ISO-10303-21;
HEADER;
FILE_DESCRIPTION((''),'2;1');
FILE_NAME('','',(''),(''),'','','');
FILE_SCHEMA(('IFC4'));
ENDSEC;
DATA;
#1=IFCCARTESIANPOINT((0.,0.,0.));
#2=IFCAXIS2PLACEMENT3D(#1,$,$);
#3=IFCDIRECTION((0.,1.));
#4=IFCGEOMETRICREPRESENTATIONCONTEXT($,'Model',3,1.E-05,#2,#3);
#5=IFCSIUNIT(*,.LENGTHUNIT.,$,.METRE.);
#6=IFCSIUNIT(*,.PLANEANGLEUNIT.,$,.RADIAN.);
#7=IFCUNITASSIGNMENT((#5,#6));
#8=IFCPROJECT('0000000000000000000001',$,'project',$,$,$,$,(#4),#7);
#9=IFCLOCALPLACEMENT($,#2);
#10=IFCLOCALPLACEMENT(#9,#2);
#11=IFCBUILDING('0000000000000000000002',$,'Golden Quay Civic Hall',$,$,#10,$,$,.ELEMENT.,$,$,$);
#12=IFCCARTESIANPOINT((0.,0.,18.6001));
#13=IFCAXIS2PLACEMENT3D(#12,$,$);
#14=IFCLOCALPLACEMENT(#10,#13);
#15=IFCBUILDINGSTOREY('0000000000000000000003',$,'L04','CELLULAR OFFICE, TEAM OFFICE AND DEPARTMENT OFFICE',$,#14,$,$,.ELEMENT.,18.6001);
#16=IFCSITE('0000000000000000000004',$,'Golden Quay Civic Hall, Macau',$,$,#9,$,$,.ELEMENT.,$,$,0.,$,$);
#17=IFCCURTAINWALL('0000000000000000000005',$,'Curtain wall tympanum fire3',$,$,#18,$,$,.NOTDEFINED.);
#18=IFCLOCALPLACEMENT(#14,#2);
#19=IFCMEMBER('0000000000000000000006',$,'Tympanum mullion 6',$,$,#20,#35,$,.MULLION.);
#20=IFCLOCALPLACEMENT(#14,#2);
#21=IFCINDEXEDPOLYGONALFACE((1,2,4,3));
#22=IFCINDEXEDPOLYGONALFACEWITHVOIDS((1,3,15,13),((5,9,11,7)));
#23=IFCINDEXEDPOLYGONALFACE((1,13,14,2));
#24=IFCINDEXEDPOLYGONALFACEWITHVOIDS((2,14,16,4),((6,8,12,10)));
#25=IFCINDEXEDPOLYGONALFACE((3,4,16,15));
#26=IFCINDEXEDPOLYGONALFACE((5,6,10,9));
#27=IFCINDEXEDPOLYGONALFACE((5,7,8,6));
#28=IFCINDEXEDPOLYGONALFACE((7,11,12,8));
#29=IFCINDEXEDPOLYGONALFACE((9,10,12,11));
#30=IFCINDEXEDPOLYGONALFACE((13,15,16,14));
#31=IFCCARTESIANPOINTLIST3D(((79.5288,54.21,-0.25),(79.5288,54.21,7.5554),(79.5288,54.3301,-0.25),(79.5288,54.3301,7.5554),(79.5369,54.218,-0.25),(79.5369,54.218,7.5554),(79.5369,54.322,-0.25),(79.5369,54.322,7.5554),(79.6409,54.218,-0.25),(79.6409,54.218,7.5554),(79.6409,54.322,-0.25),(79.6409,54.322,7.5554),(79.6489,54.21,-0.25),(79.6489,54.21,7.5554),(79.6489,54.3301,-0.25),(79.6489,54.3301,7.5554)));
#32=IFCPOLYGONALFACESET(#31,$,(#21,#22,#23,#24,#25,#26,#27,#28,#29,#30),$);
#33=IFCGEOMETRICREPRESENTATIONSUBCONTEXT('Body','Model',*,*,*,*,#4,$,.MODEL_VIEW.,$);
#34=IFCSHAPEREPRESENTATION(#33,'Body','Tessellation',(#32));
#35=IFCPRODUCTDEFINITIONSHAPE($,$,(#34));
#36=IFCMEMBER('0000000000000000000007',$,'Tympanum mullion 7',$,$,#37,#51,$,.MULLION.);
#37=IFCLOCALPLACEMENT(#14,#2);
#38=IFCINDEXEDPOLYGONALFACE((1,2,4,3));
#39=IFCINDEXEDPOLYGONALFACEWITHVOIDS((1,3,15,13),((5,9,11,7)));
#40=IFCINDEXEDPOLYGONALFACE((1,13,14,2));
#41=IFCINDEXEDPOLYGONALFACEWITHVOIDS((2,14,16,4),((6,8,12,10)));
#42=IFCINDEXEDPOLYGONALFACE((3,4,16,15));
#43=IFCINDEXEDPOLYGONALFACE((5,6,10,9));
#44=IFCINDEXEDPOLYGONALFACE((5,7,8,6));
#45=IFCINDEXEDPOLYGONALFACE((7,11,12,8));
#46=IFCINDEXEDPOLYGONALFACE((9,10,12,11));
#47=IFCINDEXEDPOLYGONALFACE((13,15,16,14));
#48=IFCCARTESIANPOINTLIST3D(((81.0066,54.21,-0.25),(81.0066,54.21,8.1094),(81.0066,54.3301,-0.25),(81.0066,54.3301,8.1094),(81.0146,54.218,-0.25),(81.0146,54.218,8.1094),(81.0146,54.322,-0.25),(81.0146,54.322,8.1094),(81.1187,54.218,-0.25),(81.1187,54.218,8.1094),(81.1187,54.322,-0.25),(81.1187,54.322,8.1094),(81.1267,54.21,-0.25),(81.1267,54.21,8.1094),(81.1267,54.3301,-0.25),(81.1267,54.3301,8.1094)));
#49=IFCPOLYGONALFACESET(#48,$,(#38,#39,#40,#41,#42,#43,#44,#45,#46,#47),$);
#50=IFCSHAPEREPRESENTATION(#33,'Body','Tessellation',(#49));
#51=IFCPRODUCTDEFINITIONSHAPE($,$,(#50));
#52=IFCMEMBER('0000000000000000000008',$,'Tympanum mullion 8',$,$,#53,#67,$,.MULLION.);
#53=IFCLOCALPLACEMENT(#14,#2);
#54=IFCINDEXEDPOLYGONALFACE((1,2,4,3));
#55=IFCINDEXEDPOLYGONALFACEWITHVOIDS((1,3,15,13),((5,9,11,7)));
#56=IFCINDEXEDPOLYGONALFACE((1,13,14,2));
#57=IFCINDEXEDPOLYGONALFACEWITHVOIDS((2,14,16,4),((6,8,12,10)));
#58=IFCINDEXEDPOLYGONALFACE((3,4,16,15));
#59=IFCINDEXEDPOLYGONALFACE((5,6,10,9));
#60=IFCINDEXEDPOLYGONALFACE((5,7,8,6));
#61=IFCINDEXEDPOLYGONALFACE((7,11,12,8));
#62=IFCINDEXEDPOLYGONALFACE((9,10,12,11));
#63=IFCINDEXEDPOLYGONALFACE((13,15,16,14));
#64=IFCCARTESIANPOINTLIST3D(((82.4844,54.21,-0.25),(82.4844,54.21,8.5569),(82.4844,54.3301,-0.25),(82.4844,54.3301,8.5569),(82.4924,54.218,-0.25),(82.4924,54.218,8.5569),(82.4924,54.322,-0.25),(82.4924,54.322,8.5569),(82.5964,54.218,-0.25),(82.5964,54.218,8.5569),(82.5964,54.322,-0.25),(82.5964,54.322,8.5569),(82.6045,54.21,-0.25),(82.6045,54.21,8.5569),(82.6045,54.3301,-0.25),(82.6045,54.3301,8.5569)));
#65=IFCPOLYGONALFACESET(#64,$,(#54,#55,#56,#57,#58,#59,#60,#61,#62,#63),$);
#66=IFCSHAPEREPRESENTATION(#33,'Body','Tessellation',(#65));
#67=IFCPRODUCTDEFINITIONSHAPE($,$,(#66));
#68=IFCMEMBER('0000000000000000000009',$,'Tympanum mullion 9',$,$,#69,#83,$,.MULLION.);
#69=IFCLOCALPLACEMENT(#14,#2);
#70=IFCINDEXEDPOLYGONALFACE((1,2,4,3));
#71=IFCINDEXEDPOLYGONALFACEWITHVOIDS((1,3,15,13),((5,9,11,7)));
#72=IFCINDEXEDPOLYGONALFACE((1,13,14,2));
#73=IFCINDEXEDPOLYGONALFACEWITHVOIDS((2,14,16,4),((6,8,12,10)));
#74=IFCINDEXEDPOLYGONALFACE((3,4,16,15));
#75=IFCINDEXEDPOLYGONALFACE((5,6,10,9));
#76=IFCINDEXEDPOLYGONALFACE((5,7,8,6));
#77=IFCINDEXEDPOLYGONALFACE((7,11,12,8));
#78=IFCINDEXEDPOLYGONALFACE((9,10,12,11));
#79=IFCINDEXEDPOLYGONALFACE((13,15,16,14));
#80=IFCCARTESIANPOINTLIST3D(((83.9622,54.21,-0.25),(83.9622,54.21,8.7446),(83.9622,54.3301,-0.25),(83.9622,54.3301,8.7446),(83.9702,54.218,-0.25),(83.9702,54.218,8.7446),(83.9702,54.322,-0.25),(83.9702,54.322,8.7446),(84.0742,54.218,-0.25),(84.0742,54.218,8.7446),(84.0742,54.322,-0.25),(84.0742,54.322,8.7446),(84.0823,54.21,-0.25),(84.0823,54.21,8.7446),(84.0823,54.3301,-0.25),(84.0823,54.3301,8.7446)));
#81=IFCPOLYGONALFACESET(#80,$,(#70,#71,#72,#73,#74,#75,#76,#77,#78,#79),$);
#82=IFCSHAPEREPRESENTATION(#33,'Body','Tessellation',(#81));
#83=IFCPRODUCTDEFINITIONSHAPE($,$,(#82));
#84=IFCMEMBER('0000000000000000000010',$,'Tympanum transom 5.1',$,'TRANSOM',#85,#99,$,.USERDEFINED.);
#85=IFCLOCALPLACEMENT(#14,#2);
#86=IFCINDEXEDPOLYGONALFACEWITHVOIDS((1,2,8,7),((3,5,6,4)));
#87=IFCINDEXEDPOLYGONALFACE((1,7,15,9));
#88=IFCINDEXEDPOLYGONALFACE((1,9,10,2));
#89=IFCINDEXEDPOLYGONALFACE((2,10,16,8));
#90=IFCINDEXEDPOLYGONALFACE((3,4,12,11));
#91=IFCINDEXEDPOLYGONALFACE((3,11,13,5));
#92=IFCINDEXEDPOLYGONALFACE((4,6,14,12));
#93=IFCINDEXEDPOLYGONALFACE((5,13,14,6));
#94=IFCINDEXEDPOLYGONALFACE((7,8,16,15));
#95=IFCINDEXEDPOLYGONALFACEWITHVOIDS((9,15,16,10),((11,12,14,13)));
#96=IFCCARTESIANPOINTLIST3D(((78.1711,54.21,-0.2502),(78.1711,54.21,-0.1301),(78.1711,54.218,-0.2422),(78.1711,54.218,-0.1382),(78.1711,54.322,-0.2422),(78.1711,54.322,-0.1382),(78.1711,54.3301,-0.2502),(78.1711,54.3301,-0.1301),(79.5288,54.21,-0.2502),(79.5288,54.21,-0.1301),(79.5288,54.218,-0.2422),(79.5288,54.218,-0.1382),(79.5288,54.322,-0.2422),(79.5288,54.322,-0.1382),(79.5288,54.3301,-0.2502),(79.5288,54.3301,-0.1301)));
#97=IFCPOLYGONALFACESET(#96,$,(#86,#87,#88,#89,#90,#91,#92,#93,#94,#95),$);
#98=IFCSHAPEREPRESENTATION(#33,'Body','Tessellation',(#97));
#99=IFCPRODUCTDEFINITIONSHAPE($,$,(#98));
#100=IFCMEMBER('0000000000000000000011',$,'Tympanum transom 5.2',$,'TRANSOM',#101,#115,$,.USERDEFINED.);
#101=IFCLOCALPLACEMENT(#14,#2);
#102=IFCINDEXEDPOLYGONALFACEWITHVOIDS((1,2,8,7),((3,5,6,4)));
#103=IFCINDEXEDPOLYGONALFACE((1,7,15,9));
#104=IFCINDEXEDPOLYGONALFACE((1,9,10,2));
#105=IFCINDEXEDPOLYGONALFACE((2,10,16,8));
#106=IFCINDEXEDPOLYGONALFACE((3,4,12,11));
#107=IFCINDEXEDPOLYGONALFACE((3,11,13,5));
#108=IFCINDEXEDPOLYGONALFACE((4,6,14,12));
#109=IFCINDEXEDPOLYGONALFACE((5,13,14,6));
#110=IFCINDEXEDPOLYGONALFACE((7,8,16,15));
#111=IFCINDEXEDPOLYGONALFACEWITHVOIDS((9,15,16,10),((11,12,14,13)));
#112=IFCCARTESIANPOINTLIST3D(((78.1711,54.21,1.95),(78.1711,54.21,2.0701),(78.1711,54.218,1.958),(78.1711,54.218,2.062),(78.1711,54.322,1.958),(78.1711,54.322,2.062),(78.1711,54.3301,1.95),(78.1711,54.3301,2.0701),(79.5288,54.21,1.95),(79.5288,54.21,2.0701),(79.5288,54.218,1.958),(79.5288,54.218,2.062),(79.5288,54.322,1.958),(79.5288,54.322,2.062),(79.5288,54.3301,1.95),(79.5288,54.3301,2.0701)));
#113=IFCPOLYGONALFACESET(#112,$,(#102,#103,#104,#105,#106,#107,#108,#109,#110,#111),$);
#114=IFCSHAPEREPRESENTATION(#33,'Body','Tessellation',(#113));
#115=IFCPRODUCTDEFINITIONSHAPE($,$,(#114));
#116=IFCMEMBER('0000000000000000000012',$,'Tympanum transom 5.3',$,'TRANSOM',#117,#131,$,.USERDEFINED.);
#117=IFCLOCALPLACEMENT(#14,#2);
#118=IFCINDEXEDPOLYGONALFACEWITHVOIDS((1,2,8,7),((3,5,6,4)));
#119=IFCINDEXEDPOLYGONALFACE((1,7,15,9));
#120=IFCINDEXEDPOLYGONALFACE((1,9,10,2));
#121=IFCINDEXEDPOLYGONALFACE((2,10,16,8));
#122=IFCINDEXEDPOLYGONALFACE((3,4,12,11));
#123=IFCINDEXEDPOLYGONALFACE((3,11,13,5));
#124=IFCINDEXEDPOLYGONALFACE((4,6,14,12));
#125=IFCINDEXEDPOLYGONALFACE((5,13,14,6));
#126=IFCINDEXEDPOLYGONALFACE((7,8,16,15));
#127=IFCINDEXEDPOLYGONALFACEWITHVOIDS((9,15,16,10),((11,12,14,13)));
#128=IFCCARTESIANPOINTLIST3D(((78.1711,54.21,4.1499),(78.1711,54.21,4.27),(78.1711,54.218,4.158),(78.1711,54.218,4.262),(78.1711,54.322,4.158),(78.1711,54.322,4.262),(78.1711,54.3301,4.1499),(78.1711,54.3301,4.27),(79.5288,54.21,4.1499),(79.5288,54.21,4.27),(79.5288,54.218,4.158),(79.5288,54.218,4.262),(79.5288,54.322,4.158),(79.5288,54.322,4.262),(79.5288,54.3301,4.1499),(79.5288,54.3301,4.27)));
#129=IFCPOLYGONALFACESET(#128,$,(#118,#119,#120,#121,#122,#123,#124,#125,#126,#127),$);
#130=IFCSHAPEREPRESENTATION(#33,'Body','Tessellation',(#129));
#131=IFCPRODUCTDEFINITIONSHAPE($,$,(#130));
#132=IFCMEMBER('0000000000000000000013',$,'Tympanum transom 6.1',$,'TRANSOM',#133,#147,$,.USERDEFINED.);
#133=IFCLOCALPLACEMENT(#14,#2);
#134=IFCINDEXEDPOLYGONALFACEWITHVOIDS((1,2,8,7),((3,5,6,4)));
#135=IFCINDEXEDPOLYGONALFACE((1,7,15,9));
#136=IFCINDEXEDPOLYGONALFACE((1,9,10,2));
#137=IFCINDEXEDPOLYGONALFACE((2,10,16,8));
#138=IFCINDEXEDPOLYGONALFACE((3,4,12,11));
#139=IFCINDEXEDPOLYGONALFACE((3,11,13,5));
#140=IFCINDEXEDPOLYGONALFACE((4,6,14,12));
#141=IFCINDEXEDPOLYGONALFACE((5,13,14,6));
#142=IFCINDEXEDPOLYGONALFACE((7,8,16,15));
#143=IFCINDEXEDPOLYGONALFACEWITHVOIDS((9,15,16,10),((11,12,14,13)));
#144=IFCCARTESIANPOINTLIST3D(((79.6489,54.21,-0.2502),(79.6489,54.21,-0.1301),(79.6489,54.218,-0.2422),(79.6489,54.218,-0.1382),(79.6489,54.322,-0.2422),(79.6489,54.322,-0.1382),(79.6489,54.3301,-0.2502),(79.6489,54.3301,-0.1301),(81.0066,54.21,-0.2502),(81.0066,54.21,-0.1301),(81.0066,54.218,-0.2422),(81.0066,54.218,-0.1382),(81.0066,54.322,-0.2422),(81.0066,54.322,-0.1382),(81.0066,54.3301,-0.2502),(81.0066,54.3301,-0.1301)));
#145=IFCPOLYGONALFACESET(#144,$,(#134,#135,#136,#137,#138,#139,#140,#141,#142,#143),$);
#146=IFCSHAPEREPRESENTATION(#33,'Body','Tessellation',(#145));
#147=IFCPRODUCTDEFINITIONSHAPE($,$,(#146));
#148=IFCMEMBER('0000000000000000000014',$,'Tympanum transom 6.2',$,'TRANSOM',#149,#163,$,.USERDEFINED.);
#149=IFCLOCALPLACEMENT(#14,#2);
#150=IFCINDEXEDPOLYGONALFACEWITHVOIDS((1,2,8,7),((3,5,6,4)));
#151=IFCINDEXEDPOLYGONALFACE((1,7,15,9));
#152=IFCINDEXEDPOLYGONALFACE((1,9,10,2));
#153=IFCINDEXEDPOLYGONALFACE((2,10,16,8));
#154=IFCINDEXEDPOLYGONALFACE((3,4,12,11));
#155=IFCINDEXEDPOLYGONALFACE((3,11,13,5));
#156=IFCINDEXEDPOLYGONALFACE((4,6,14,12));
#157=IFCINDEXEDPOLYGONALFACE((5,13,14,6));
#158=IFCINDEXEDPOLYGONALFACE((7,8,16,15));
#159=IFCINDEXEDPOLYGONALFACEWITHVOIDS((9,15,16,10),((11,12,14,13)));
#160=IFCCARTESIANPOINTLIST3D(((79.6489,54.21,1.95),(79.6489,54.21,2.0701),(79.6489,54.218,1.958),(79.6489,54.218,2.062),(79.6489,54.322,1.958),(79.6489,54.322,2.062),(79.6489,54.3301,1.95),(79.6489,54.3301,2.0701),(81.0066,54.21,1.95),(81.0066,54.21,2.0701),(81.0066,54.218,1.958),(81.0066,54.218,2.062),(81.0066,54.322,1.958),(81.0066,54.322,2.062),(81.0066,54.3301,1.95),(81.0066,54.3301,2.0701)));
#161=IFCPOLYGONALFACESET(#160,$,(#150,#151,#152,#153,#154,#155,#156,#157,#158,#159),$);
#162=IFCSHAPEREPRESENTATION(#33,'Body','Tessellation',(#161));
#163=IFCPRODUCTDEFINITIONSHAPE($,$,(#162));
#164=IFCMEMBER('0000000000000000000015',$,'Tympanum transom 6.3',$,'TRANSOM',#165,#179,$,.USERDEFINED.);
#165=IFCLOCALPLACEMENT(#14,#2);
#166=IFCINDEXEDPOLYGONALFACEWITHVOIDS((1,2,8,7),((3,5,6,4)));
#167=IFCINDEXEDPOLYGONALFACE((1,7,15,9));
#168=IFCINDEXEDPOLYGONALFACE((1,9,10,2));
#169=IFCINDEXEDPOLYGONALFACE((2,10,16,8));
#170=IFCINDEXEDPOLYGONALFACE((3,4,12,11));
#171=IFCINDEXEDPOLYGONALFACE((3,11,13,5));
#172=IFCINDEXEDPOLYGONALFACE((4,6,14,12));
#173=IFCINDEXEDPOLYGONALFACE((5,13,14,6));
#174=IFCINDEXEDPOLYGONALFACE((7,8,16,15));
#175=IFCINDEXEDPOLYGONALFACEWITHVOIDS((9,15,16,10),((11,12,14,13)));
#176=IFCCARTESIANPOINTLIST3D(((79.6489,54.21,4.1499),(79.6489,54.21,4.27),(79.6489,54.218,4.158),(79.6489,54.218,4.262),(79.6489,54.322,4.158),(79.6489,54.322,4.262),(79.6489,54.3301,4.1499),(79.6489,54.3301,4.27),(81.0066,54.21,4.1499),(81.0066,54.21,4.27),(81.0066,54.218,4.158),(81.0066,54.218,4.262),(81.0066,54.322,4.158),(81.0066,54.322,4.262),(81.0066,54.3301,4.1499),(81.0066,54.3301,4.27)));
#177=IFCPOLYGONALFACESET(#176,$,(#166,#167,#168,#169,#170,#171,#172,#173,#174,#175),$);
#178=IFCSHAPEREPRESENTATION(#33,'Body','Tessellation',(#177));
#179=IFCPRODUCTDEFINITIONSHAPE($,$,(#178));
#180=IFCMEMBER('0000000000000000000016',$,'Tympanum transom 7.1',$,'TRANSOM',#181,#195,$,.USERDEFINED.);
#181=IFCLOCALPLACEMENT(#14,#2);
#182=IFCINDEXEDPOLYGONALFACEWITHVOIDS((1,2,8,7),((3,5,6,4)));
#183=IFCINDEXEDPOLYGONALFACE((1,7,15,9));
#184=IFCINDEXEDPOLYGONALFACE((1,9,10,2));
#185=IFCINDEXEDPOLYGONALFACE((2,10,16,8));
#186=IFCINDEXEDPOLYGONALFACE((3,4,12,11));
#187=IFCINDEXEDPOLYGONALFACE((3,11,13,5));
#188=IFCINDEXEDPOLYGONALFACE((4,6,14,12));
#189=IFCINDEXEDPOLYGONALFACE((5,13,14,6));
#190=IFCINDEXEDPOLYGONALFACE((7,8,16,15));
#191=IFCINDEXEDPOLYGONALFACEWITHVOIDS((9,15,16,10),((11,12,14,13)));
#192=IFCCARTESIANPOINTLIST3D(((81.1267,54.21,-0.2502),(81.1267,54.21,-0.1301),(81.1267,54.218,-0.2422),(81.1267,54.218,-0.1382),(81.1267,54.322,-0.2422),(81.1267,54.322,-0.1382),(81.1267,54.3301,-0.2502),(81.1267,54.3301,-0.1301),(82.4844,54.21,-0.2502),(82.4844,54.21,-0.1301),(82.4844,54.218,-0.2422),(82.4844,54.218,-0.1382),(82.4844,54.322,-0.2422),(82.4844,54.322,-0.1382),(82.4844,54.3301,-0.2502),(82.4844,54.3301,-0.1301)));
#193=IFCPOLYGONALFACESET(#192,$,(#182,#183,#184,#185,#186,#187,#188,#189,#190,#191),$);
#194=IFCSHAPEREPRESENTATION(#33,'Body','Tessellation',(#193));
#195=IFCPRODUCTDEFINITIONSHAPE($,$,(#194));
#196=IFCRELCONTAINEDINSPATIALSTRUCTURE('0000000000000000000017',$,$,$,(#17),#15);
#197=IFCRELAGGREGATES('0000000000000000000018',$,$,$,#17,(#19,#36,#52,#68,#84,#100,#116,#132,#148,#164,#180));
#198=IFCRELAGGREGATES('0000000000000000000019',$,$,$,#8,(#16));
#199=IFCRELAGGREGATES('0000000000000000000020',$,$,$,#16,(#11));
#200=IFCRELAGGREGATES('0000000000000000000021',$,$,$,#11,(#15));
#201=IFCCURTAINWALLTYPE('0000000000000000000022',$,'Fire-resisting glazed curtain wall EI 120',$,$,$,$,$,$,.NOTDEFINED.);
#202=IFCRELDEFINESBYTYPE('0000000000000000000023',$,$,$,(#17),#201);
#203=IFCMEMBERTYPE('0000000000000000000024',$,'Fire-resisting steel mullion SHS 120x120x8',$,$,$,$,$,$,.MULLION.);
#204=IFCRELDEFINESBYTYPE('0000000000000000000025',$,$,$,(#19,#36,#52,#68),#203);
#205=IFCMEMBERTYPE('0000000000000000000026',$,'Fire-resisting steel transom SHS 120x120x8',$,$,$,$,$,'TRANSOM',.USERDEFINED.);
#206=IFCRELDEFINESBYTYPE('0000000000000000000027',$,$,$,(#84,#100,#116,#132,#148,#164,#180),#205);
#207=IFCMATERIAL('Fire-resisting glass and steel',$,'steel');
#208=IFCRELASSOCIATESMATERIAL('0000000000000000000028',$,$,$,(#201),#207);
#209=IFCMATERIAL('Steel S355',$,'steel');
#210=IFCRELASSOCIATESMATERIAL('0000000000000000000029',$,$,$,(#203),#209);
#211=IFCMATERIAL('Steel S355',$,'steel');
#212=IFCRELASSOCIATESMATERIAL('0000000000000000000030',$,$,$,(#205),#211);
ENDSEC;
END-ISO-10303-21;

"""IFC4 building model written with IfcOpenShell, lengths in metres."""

from ifc_helpers import new_model, si_unit, direction, frame, origin, origin_2d, place, context, subcontext, project, spatial, hollow_rectangle, extrude, material, material_profile, profile_set, type_object, element, aggregate, save


model = new_model("IFC4")

# Units and contexts
model_context = context("Model", 3, precision=1e-05, world=origin(), true_north=direction((0.0, 1.0)))
body_context = subcontext(model_context, "Body", "Model", "MODEL_VIEW")
ifc_project = project(units=[si_unit("LENGTHUNIT", "METRE"), si_unit("PLANEANGLEUNIT", "RADIAN")], contexts=[model_context])

# Site, building, storey
site_placement = place(None, origin())
site = spatial("IfcSite", under=ifc_project, at=site_placement, Name="Golden Quay Civic Hall, Macau", CompositionType="ELEMENT", RefElevation=0.0)
building_placement = place(site_placement, origin())
building = spatial("IfcBuilding", under=site, at=building_placement, Name="Golden Quay Civic Hall", CompositionType="ELEMENT")
storey_placement = place(building_placement, frame((0.0, 0.0, 18.6001)))
storey = spatial("IfcBuildingStorey", under=building, at=storey_placement, Name="L04", Description="CELLULAR OFFICE, TEAM OFFICE AND DEPARTMENT OFFICE", CompositionType="ELEMENT", Elevation=18.6001)

# Curtain wall, members
ifc_material_1 = material(Name="Fire-resisting glass and steel", Category="steel")
curtain_wall_type = type_object("IfcCurtainWallType", Name="Fire-resisting glazed curtain wall EI 120", PredefinedType="NOTDEFINED", material=ifc_material_1)
curtain_wall_placement = place(storey_placement, origin())
curtain_wall = element("IfcCurtainWall", 1, at=curtain_wall_placement, inside=storey, type_object=curtain_wall_type, Name="Curtain wall tympanum fire3", PredefinedType="NOTDEFINED")
ifc_material_2 = material(Name="Steel S355", Category="steel")
ifc_material_profile_1 = material_profile(ifc_material_2, hollow_rectangle(XDim=0.1201, YDim=0.1201, WallThickness=0.0081, at=origin_2d()), Name="SHS 120x120x8")
ifc_profile_set_1 = profile_set([ifc_material_profile_1], Name="Steel S355")
member_type_1 = type_object("IfcMemberType", Name="Fire-resisting steel mullion SHS 120x120x8", PredefinedType="MULLION", material=ifc_profile_set_1)
member_1_placement = place(storey_placement, frame((79.5889, 54.27, -0.25), z_axis=(0.0, 0.0, 1.0), x_axis=(0.0, 1.0, 0.0)))
member_1 = element("IfcMember", 2, at=member_1_placement, type_object=member_type_1, Name="Tympanum mullion 6", PredefinedType="MULLION", context=body_context, shape_type="SweptSolid", body=[
    extrude(hollow_rectangle(XDim=0.1201, YDim=0.1201, WallThickness=0.0081, at=origin_2d()), origin(), (0.0, 0.0, 1.0), 7.8054),
])
member_2_placement = place(storey_placement, frame((81.0667, 54.27, -0.25), z_axis=(0.0, 0.0, 1.0), x_axis=(0.0, 1.0, 0.0)))
member_2 = element("IfcMember", 3, at=member_2_placement, type_object=member_type_1, Name="Tympanum mullion 7", PredefinedType="MULLION", context=body_context, shape_type="SweptSolid", body=[
    extrude(hollow_rectangle(XDim=0.1201, YDim=0.1201, WallThickness=0.0081, at=origin_2d()), origin(), (0.0, 0.0, 1.0), 8.3594),
])
member_3_placement = place(storey_placement, frame((82.5444, 54.27, -0.25), z_axis=(0.0, 0.0, 1.0), x_axis=(0.0, 1.0, 0.0)))
member_3 = element("IfcMember", 4, at=member_3_placement, type_object=member_type_1, Name="Tympanum mullion 8", PredefinedType="MULLION", context=body_context, shape_type="SweptSolid", body=[
    extrude(hollow_rectangle(XDim=0.1201, YDim=0.1201, WallThickness=0.0081, at=origin_2d()), origin(), (0.0, 0.0, 1.0), 8.8069),
])
member_4_placement = place(storey_placement, frame((84.0222, 54.27, -0.25), z_axis=(0.0, 0.0, 1.0), x_axis=(0.0, 1.0, 0.0)))
member_4 = element("IfcMember", 5, at=member_4_placement, type_object=member_type_1, Name="Tympanum mullion 9", PredefinedType="MULLION", context=body_context, shape_type="SweptSolid", body=[
    extrude(hollow_rectangle(XDim=0.1201, YDim=0.1201, WallThickness=0.0081, at=origin_2d()), origin(), (0.0, 0.0, 1.0), 8.9946),
])
ifc_material_3 = material(Name="Steel S355", Category="steel")
ifc_material_profile_2 = material_profile(ifc_material_3, hollow_rectangle(XDim=0.1201, YDim=0.1201, WallThickness=0.0081, at=origin_2d()), Name="SHS 120x120x8")
ifc_profile_set_2 = profile_set([ifc_material_profile_2], Name="Steel S355")
member_type_2 = type_object("IfcMemberType", Name="Fire-resisting steel transom SHS 120x120x8", ElementType="TRANSOM", PredefinedType="USERDEFINED", material=ifc_profile_set_2)
member_5_placement = place(storey_placement, frame((78.1711, 54.27, -0.1902), z_axis=(1.0, 0.0, 0.0), x_axis=(0.0, 1.0, 0.0)))
member_5 = element("IfcMember", 6, at=member_5_placement, type_object=member_type_2, Name="Tympanum transom 5.1", ObjectType="TRANSOM", PredefinedType="USERDEFINED", context=body_context, shape_type="SweptSolid", body=[
    extrude(hollow_rectangle(XDim=0.1201, YDim=0.1201, WallThickness=0.0081, at=origin_2d()), origin(), (0.0, 0.0, 1.0), 1.3577),
])
member_6_placement = place(storey_placement, frame((78.1711, 54.27, 2.01), z_axis=(1.0, 0.0, 0.0), x_axis=(0.0, 1.0, 0.0)))
member_6 = element("IfcMember", 7, at=member_6_placement, type_object=member_type_2, Name="Tympanum transom 5.2", ObjectType="TRANSOM", PredefinedType="USERDEFINED", context=body_context, shape_type="SweptSolid", body=[
    extrude(hollow_rectangle(XDim=0.1201, YDim=0.1201, WallThickness=0.0081, at=origin_2d()), origin(), (0.0, 0.0, 1.0), 1.3577),
])
member_7_placement = place(storey_placement, frame((78.1711, 54.27, 4.21), z_axis=(1.0, 0.0, 0.0), x_axis=(0.0, 1.0, 0.0)))
member_7 = element("IfcMember", 8, at=member_7_placement, type_object=member_type_2, Name="Tympanum transom 5.3", ObjectType="TRANSOM", PredefinedType="USERDEFINED", context=body_context, shape_type="SweptSolid", body=[
    extrude(hollow_rectangle(XDim=0.1201, YDim=0.1201, WallThickness=0.0081, at=origin_2d()), origin(), (0.0, 0.0, 1.0), 1.3577),
])
member_8_placement = place(storey_placement, frame((79.6489, 54.27, -0.1902), z_axis=(1.0, 0.0, 0.0), x_axis=(0.0, 1.0, 0.0)))
member_8 = element("IfcMember", 9, at=member_8_placement, type_object=member_type_2, Name="Tympanum transom 6.1", ObjectType="TRANSOM", PredefinedType="USERDEFINED", context=body_context, shape_type="SweptSolid", body=[
    extrude(hollow_rectangle(XDim=0.1201, YDim=0.1201, WallThickness=0.0081, at=origin_2d()), origin(), (0.0, 0.0, 1.0), 1.3577),
])
member_9_placement = place(storey_placement, frame((79.6489, 54.27, 2.01), z_axis=(1.0, 0.0, 0.0), x_axis=(0.0, 1.0, 0.0)))
member_9 = element("IfcMember", 10, at=member_9_placement, type_object=member_type_2, Name="Tympanum transom 6.2", ObjectType="TRANSOM", PredefinedType="USERDEFINED", context=body_context, shape_type="SweptSolid", body=[
    extrude(hollow_rectangle(XDim=0.1201, YDim=0.1201, WallThickness=0.0081, at=origin_2d()), origin(), (0.0, 0.0, 1.0), 1.3577),
])
member_10_placement = place(storey_placement, frame((79.6489, 54.27, 4.21), z_axis=(1.0, 0.0, 0.0), x_axis=(0.0, 1.0, 0.0)))
member_10 = element("IfcMember", 11, at=member_10_placement, type_object=member_type_2, Name="Tympanum transom 6.3", ObjectType="TRANSOM", PredefinedType="USERDEFINED", context=body_context, shape_type="SweptSolid", body=[
    extrude(hollow_rectangle(XDim=0.1201, YDim=0.1201, WallThickness=0.0081, at=origin_2d()), origin(), (0.0, 0.0, 1.0), 1.3577),
])
member_11_placement = place(storey_placement, frame((81.1267, 54.27, -0.1902), z_axis=(1.0, 0.0, 0.0), x_axis=(0.0, 1.0, 0.0)))
member_11 = element("IfcMember", 12, at=member_11_placement, type_object=member_type_2, Name="Tympanum transom 7.1", ObjectType="TRANSOM", PredefinedType="USERDEFINED", context=body_context, shape_type="SweptSolid", body=[
    extrude(hollow_rectangle(XDim=0.1201, YDim=0.1201, WallThickness=0.0081, at=origin_2d()), origin(), (0.0, 0.0, 1.0), 1.3577),
])
aggregate(curtain_wall, [member_1, member_2, member_3, member_4, member_5, member_6, member_7, member_8, member_9, member_10, member_11])

save(model, "model.ifc")
